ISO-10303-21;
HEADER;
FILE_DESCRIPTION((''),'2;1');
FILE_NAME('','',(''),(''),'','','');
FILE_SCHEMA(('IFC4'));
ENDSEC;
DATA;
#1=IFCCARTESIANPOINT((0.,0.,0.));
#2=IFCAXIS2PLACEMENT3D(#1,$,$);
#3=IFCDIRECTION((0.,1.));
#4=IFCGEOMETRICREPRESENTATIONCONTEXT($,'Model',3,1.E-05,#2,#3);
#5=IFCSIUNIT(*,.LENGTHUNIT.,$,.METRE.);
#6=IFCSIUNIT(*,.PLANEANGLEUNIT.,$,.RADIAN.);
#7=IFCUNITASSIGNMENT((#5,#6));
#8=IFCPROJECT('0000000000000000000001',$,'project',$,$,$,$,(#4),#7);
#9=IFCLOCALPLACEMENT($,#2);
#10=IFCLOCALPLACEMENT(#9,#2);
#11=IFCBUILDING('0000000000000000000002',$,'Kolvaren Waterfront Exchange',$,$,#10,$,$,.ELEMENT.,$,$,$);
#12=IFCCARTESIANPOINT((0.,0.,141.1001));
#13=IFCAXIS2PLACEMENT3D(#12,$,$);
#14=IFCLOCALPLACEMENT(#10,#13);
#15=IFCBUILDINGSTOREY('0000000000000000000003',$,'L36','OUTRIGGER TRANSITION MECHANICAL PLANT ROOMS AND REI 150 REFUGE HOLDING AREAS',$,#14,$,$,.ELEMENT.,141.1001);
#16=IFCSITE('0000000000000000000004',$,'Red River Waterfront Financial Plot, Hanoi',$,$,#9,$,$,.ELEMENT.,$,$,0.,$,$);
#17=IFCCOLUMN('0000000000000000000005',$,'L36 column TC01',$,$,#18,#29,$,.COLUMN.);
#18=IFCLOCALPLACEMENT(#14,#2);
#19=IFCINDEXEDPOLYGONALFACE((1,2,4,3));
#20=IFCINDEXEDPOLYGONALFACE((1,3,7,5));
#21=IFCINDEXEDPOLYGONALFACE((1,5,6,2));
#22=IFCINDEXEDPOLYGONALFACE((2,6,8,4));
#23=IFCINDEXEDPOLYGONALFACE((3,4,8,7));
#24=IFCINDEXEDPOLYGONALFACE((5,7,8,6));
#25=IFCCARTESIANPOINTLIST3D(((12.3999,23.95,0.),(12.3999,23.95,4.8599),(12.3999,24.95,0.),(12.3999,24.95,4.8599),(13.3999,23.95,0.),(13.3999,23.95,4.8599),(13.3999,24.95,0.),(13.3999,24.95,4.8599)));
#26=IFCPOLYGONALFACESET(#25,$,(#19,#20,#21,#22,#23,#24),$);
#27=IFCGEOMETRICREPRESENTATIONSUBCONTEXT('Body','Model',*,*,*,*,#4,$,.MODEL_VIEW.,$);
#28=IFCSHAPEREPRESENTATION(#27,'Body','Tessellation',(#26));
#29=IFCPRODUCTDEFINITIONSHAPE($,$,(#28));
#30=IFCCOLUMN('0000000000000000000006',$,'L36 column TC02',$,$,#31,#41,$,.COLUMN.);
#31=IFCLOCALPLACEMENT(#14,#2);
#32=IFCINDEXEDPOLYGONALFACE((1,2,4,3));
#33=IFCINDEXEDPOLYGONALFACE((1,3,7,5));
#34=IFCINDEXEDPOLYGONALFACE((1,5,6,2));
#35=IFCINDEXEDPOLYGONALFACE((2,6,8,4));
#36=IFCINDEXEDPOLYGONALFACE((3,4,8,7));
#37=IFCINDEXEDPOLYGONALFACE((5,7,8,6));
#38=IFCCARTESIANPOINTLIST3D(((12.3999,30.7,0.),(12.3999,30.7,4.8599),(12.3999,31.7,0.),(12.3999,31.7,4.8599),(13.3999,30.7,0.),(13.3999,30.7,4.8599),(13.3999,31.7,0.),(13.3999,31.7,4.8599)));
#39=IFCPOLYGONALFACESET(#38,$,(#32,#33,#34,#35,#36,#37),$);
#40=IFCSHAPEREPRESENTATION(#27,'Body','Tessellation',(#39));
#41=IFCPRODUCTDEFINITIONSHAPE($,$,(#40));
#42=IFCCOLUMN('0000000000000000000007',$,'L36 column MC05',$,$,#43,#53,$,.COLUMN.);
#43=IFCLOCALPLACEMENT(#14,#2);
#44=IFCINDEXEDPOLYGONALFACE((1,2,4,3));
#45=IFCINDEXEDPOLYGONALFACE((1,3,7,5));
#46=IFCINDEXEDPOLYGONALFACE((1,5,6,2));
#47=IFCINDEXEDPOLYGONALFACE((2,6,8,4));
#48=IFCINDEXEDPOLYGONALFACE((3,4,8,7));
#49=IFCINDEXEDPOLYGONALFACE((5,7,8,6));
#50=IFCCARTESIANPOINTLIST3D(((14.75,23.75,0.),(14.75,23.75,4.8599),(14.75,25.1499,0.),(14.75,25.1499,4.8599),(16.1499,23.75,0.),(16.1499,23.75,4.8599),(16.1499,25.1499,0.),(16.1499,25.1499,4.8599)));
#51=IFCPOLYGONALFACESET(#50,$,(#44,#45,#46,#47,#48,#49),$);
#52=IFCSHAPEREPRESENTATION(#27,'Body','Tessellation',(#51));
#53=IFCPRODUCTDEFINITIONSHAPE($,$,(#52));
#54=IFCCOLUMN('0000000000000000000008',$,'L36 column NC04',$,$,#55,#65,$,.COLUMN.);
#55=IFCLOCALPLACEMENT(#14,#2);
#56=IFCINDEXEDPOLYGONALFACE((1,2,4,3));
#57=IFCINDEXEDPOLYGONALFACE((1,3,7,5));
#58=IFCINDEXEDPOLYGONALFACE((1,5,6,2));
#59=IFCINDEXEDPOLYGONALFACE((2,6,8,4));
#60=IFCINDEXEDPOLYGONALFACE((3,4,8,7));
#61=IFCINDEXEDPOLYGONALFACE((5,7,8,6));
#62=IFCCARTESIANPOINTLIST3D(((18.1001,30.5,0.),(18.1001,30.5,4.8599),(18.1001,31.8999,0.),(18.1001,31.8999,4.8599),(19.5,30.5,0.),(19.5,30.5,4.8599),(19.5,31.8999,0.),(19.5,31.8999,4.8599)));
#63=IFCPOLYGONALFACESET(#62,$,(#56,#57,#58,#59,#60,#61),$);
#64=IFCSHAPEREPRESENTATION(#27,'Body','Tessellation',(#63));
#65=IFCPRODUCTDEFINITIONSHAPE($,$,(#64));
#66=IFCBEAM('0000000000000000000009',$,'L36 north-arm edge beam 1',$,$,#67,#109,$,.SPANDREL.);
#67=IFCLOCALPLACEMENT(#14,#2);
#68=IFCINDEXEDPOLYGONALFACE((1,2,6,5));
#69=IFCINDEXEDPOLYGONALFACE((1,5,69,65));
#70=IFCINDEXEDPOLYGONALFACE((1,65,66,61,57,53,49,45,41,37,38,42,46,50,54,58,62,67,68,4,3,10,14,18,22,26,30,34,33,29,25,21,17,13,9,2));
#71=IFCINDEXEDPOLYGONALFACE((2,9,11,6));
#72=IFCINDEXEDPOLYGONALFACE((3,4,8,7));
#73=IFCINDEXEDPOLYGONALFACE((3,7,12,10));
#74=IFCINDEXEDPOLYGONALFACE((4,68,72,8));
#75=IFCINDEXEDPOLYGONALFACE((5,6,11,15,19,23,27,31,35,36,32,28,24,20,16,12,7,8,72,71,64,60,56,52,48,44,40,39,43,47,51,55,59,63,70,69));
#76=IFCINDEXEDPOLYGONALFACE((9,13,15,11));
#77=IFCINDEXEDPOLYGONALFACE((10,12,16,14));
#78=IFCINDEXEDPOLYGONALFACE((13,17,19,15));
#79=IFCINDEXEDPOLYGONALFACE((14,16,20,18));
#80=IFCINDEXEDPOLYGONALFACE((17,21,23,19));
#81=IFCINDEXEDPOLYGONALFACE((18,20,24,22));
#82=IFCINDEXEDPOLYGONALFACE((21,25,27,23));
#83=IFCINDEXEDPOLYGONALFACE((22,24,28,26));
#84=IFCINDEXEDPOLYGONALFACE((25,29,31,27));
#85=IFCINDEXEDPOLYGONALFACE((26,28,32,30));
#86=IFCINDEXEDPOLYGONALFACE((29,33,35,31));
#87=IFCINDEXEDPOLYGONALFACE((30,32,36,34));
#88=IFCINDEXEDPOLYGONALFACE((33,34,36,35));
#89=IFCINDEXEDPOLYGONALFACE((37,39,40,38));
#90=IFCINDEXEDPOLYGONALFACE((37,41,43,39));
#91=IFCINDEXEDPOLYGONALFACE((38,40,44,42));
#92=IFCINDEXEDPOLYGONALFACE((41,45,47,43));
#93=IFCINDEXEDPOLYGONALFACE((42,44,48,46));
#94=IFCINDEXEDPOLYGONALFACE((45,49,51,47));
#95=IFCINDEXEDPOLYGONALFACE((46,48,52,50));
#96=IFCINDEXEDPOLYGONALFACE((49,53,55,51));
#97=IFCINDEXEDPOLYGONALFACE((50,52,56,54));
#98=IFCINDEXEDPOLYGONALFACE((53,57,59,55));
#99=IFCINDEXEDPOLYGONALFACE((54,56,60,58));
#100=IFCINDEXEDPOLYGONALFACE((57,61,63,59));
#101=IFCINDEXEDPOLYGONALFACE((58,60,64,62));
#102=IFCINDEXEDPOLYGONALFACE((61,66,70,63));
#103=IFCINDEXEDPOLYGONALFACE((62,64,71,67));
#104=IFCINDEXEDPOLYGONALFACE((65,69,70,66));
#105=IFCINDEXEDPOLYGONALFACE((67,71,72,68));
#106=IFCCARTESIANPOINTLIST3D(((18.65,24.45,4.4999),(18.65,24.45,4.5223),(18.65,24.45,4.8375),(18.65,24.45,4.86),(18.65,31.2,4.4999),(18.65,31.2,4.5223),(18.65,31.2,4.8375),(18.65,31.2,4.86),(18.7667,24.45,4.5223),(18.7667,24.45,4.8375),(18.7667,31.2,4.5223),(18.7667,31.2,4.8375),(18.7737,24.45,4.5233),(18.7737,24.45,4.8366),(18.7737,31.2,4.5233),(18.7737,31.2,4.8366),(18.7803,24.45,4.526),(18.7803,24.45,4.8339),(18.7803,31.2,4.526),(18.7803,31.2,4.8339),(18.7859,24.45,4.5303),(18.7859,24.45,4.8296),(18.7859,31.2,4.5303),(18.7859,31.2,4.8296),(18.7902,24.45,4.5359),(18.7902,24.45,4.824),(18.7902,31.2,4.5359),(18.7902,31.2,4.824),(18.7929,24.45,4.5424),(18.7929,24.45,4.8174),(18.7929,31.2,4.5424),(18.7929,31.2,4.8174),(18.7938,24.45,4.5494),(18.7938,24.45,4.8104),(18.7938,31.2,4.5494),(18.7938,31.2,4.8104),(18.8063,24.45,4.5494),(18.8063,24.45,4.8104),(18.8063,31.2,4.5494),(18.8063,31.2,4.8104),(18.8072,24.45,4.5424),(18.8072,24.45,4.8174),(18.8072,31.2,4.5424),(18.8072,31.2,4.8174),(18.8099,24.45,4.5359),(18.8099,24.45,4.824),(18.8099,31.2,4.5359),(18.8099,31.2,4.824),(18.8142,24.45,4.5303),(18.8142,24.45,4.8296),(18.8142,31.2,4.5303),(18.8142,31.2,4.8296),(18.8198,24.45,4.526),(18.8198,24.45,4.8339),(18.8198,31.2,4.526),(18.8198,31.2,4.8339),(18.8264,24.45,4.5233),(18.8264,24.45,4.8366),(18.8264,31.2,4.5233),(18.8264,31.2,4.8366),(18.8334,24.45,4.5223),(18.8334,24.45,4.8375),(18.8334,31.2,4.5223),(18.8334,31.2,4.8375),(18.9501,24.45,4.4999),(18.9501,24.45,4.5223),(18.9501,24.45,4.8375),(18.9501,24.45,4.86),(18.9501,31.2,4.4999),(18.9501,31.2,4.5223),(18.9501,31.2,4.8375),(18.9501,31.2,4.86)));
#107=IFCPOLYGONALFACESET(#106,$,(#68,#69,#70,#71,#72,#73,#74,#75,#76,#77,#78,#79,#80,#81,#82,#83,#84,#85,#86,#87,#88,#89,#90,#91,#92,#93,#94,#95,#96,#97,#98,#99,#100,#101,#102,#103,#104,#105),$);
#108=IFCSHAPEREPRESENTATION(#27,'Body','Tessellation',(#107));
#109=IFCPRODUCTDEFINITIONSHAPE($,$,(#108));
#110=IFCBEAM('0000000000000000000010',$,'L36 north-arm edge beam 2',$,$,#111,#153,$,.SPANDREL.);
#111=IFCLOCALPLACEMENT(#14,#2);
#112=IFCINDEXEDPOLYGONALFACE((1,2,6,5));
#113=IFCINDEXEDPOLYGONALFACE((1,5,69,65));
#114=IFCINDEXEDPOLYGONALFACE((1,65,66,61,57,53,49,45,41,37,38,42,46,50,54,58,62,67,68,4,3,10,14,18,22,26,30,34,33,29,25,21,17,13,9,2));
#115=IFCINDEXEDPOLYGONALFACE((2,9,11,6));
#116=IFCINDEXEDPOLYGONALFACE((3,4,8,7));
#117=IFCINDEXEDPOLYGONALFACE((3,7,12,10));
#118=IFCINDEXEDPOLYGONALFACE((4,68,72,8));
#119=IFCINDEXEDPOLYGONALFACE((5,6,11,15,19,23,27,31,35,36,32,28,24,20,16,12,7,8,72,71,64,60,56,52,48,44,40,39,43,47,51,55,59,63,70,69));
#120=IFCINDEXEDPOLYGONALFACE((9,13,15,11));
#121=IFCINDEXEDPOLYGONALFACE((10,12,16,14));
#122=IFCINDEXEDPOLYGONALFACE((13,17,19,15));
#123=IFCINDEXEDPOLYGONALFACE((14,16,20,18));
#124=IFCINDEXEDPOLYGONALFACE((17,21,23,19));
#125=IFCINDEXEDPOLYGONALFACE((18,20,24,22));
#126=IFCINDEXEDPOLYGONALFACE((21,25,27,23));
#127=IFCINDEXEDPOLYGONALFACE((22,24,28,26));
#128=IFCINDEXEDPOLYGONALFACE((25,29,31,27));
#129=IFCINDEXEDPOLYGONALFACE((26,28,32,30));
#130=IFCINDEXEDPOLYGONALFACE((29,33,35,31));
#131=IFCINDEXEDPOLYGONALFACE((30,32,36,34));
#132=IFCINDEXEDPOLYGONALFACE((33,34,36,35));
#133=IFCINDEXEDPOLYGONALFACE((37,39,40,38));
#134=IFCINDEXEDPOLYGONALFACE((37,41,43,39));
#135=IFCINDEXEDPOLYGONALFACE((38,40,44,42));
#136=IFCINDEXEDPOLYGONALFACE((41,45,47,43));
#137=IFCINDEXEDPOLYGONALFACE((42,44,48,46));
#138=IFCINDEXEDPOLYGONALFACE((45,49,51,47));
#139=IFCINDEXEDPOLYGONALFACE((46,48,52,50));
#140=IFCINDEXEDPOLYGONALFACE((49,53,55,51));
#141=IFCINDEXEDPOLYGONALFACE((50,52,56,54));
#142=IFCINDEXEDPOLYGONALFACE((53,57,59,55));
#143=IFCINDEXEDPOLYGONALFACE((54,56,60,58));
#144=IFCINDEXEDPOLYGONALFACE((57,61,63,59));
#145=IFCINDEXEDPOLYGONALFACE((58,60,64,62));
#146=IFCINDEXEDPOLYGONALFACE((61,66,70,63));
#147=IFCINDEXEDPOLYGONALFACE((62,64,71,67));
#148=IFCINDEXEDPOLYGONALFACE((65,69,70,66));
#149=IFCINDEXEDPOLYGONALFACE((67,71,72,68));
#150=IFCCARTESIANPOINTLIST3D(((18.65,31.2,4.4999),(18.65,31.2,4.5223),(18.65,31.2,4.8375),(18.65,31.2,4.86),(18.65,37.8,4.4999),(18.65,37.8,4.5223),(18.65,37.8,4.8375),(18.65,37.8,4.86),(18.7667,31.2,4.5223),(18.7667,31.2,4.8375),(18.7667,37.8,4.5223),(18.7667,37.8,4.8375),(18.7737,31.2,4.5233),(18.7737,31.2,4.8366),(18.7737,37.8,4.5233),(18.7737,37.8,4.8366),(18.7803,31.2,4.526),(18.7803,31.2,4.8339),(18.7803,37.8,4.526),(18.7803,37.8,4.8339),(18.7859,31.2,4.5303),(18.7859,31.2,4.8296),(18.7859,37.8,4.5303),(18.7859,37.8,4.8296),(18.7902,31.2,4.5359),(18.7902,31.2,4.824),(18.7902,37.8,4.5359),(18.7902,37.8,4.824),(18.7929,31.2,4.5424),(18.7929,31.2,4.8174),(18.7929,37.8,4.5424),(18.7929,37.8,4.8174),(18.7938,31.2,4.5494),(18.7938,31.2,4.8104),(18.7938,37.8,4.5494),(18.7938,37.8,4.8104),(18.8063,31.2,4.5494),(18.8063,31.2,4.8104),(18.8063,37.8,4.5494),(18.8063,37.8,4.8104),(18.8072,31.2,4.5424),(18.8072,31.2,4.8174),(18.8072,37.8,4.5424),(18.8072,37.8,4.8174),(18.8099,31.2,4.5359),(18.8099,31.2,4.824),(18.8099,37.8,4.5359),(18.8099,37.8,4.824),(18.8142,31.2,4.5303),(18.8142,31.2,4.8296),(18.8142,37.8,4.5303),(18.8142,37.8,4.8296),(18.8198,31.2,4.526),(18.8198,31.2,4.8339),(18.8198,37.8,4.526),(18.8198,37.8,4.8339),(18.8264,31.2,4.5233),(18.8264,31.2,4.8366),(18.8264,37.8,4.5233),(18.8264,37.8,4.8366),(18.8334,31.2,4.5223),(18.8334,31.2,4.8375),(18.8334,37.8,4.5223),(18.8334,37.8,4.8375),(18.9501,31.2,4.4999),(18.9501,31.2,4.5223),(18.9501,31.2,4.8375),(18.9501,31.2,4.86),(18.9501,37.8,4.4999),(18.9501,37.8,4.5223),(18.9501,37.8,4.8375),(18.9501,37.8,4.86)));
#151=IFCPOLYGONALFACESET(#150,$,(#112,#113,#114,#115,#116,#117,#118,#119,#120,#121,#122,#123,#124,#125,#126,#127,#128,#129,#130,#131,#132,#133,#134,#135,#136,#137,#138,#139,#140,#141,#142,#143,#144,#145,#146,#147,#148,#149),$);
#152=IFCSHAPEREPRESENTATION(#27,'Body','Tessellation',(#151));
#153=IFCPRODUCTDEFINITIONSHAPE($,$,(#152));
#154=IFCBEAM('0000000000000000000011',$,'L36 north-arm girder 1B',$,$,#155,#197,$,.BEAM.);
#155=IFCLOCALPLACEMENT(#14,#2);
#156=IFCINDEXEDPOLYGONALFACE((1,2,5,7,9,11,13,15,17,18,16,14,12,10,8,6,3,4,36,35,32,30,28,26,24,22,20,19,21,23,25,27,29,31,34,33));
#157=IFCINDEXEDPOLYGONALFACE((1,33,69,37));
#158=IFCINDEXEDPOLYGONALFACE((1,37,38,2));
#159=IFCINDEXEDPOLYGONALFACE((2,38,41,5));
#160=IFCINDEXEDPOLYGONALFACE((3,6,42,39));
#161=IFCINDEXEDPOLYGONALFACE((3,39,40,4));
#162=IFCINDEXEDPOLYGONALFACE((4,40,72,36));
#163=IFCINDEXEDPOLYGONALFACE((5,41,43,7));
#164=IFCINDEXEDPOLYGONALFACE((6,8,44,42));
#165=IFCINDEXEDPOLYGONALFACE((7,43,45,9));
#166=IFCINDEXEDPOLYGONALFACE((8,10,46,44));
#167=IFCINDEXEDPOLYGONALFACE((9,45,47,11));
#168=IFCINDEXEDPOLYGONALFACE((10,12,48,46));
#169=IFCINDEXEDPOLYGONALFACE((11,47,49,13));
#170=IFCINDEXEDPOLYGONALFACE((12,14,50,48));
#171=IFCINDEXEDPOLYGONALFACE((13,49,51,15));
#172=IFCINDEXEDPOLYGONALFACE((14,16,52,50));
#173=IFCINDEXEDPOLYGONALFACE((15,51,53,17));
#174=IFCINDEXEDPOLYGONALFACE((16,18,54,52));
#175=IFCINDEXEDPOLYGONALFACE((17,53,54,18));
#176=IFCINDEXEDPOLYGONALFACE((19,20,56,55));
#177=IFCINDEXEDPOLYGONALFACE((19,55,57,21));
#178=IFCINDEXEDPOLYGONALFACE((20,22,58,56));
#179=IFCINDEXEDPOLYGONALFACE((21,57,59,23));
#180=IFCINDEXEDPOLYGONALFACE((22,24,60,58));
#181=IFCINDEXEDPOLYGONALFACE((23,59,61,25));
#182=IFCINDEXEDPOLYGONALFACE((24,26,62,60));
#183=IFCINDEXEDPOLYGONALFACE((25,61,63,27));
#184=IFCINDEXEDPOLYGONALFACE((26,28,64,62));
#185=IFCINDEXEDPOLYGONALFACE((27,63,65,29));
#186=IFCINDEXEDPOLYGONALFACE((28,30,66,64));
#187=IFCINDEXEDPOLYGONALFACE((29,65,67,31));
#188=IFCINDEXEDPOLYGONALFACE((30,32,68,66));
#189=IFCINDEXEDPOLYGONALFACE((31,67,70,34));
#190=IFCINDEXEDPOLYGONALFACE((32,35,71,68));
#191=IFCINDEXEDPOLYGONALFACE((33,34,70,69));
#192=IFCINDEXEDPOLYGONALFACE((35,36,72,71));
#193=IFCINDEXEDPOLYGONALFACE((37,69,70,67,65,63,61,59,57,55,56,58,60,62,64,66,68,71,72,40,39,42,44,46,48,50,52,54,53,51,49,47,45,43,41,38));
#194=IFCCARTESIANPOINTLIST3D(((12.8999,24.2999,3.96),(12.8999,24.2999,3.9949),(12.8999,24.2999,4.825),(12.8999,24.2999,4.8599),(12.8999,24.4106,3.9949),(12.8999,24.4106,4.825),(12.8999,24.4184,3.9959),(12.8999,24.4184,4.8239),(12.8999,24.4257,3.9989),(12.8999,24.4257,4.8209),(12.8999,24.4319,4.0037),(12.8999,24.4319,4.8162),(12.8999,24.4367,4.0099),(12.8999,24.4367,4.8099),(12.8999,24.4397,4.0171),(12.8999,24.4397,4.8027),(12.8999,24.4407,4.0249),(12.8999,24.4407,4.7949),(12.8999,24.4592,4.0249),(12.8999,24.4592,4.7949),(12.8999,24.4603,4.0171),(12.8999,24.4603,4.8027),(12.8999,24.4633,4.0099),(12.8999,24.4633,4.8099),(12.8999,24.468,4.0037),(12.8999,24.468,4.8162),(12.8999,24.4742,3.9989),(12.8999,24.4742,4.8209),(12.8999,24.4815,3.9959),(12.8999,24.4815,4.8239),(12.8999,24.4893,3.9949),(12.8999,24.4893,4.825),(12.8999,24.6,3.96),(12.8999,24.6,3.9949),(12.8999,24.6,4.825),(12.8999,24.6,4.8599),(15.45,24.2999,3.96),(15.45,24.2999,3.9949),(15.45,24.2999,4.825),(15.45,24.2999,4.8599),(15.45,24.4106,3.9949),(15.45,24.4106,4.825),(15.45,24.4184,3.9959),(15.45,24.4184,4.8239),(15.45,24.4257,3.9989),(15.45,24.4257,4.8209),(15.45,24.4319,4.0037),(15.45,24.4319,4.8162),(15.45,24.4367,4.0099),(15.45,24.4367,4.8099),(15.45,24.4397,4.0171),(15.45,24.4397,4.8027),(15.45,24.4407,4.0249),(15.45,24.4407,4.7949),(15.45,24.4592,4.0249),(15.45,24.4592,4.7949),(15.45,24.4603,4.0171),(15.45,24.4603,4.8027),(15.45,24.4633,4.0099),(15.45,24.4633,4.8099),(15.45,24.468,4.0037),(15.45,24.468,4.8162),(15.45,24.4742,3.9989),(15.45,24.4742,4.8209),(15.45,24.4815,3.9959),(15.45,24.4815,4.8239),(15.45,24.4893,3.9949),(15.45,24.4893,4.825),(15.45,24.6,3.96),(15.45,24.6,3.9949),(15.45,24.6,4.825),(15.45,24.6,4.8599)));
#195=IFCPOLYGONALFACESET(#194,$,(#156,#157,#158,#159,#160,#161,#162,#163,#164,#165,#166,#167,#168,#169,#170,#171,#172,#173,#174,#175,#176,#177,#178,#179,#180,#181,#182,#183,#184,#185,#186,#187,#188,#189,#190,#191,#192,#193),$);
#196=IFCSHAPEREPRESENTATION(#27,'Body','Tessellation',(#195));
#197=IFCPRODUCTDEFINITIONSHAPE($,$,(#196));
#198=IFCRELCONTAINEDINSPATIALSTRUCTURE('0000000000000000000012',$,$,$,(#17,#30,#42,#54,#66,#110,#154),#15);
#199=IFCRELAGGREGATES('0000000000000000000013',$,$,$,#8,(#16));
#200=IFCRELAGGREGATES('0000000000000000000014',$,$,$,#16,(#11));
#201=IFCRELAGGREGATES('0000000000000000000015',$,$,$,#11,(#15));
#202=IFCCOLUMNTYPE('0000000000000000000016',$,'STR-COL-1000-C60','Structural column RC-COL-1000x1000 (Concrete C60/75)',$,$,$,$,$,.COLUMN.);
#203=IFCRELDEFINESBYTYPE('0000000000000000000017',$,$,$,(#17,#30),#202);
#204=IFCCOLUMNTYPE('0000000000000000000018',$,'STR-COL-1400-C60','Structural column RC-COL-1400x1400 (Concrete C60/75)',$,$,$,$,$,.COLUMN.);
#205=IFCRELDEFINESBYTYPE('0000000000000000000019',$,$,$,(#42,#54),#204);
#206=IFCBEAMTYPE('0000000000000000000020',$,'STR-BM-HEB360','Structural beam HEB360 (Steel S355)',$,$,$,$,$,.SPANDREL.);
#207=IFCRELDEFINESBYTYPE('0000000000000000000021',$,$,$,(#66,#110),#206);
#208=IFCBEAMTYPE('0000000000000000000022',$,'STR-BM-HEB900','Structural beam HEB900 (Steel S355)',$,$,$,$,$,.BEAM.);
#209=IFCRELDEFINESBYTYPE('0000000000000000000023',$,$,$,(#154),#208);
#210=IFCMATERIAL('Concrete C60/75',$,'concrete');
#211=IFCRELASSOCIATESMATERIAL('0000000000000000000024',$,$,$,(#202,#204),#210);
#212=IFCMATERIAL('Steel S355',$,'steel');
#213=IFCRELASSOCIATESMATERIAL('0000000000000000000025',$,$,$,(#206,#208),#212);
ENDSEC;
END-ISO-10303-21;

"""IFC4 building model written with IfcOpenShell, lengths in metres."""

from ifc_helpers import new_model, si_unit, direction, frame, origin, origin_2d, place, context, subcontext, project, spatial, rectangle, i_section, extrude, material, material_profile, profile_set, type_object, element, save


model = new_model("IFC4")

# Units and contexts
model_context = context("Model", 3, precision=1e-05, world=origin(), true_north=direction((0.0, 1.0)))
body_context = subcontext(model_context, "Body", "Model", "MODEL_VIEW")
ifc_project = project(units=[si_unit("LENGTHUNIT", "METRE"), si_unit("PLANEANGLEUNIT", "RADIAN")], contexts=[model_context])

# Site, building, storey
site_placement = place(None, origin())
site = spatial("IfcSite", under=ifc_project, at=site_placement, Name="Red River Waterfront Financial Plot, Hanoi", CompositionType="ELEMENT", RefElevation=0.0)
building_placement = place(site_placement, origin())
building = spatial("IfcBuilding", under=site, at=building_placement, Name="Kolvaren Waterfront Exchange", CompositionType="ELEMENT")
storey_placement = place(building_placement, frame((0.0, 0.0, 141.1001)))
storey = spatial("IfcBuildingStorey", under=building, at=storey_placement, Name="L36", Description="OUTRIGGER TRANSITION MECHANICAL PLANT ROOMS AND REI 150 REFUGE HOLDING AREAS", CompositionType="ELEMENT", Elevation=141.1001)

# Columns
ifc_material_1 = material(Name="Concrete C60/75", Category="concrete")
ifc_material_profile_1 = material_profile(ifc_material_1, rectangle(XDim=1.0, YDim=1.0, at=origin_2d()), Name="RC-COL-1000x1000")
ifc_profile_set_1 = profile_set([ifc_material_profile_1], Name="Concrete C60/75")
column_type_1 = type_object("IfcColumnType", Name="STR-COL-1000-C60", Description="Structural column RC-COL-1000x1000 (Concrete C60/75)", PredefinedType="COLUMN", material=ifc_profile_set_1)
for number, where, z_axis, x_axis, name in (
    (1, (12.8999, 24.45, 0.0), (0.0, 0.0, 1.0), (1.0, 0.0, 0.0), "L36 column TC01"),
    (2, (12.8999, 31.2, 0.0), (0.0, 0.0, 1.0), (1.0, 0.0, 0.0), "L36 column TC02"),
):
    element("IfcColumn", number, at=place(storey_placement, frame(where, z_axis=z_axis, x_axis=x_axis)), inside=storey, type_object=column_type_1, Name=name, PredefinedType="COLUMN", context=body_context, shape_type="SweptSolid", body=[
        extrude(rectangle(XDim=1.0, YDim=1.0, at=origin_2d()), origin(), (0.0, 0.0, 1.0), 4.8599),
    ])
ifc_material_profile_2 = material_profile(ifc_material_1, rectangle(XDim=1.3999, YDim=1.3999, at=origin_2d()), Name="RC-COL-1400x1400")
ifc_profile_set_2 = profile_set([ifc_material_profile_2], Name="Concrete C60/75")
column_type_2 = type_object("IfcColumnType", Name="STR-COL-1400-C60", Description="Structural column RC-COL-1400x1400 (Concrete C60/75)", PredefinedType="COLUMN", material=ifc_profile_set_2)
for number, where, z_axis, x_axis, name in (
    (3, (15.45, 24.45, 0.0), (0.0, 0.0, 1.0), (1.0, 0.0, 0.0), "L36 column MC05"),
    (4, (18.8, 31.2, 0.0), (0.0, 0.0, 1.0), (1.0, 0.0, 0.0), "L36 column NC04"),
):
    element("IfcColumn", number, at=place(storey_placement, frame(where, z_axis=z_axis, x_axis=x_axis)), inside=storey, type_object=column_type_2, Name=name, PredefinedType="COLUMN", context=body_context, shape_type="SweptSolid", body=[
        extrude(rectangle(XDim=1.3999, YDim=1.3999, at=origin_2d()), origin(), (0.0, 0.0, 1.0), 4.8599),
    ])

# Beams
ifc_material_2 = material(Name="Steel S355", Category="steel")
ifc_material_profile_3 = material_profile(ifc_material_2, i_section(OverallWidth=0.3, OverallDepth=0.3601, WebThickness=0.0125, FlangeThickness=0.0225, FilletRadius=0.0271, at=origin_2d()), Name="HEB360")
ifc_profile_set_3 = profile_set([ifc_material_profile_3], Name="Steel S355")
beam_type_1 = type_object("IfcBeamType", Name="STR-BM-HEB360", Description="Structural beam HEB360 (Steel S355)", PredefinedType="SPANDREL", material=ifc_profile_set_3)
beam_1_placement = place(storey_placement, frame((18.8, 24.45, 4.6799), z_axis=(0.0, 1.0, 0.0), x_axis=(-1.0, 0.0, 0.0)))
element("IfcBeam", 5, at=beam_1_placement, inside=storey, type_object=beam_type_1, Name="L36 north-arm edge beam 1", PredefinedType="SPANDREL", context=body_context, shape_type="SweptSolid", body=[
    extrude(i_section(OverallWidth=0.3, OverallDepth=0.3601, WebThickness=0.0125, FlangeThickness=0.0225, FilletRadius=0.0271, at=origin_2d()), origin(), (0.0, 0.0, 1.0), 6.75),
])
beam_2_placement = place(storey_placement, frame((18.8, 31.2, 4.6799), z_axis=(0.0, 1.0, 0.0), x_axis=(-1.0, 0.0, 0.0)))
element("IfcBeam", 6, at=beam_2_placement, inside=storey, type_object=beam_type_1, Name="L36 north-arm edge beam 2", PredefinedType="SPANDREL", context=body_context, shape_type="SweptSolid", body=[
    extrude(i_section(OverallWidth=0.3, OverallDepth=0.3601, WebThickness=0.0125, FlangeThickness=0.0225, FilletRadius=0.0271, at=origin_2d()), origin(), (0.0, 0.0, 1.0), 6.6001),
])
ifc_material_profile_4 = material_profile(ifc_material_2, i_section(OverallWidth=0.3, OverallDepth=0.8999, WebThickness=0.0186, FlangeThickness=0.0349, FilletRadius=0.03, at=origin_2d()), Name="HEB900")
ifc_profile_set_4 = profile_set([ifc_material_profile_4], Name="Steel S355")
beam_type_2 = type_object("IfcBeamType", Name="STR-BM-HEB900", Description="Structural beam HEB900 (Steel S355)", PredefinedType="BEAM", material=ifc_profile_set_4)
beam_3_placement = place(storey_placement, frame((12.8999, 24.45, 4.4099), z_axis=(1.0, 0.0, 0.0), x_axis=(0.0, 1.0, 0.0)))
element("IfcBeam", 7, at=beam_3_placement, inside=storey, type_object=beam_type_2, Name="L36 north-arm girder 1B", PredefinedType="BEAM", context=body_context, shape_type="SweptSolid", body=[
    extrude(i_section(OverallWidth=0.3, OverallDepth=0.8999, WebThickness=0.0186, FlangeThickness=0.0349, FilletRadius=0.03, at=origin_2d()), origin(), (0.0, 0.0, 1.0), 2.55),
])

save(model, "model.ifc")
